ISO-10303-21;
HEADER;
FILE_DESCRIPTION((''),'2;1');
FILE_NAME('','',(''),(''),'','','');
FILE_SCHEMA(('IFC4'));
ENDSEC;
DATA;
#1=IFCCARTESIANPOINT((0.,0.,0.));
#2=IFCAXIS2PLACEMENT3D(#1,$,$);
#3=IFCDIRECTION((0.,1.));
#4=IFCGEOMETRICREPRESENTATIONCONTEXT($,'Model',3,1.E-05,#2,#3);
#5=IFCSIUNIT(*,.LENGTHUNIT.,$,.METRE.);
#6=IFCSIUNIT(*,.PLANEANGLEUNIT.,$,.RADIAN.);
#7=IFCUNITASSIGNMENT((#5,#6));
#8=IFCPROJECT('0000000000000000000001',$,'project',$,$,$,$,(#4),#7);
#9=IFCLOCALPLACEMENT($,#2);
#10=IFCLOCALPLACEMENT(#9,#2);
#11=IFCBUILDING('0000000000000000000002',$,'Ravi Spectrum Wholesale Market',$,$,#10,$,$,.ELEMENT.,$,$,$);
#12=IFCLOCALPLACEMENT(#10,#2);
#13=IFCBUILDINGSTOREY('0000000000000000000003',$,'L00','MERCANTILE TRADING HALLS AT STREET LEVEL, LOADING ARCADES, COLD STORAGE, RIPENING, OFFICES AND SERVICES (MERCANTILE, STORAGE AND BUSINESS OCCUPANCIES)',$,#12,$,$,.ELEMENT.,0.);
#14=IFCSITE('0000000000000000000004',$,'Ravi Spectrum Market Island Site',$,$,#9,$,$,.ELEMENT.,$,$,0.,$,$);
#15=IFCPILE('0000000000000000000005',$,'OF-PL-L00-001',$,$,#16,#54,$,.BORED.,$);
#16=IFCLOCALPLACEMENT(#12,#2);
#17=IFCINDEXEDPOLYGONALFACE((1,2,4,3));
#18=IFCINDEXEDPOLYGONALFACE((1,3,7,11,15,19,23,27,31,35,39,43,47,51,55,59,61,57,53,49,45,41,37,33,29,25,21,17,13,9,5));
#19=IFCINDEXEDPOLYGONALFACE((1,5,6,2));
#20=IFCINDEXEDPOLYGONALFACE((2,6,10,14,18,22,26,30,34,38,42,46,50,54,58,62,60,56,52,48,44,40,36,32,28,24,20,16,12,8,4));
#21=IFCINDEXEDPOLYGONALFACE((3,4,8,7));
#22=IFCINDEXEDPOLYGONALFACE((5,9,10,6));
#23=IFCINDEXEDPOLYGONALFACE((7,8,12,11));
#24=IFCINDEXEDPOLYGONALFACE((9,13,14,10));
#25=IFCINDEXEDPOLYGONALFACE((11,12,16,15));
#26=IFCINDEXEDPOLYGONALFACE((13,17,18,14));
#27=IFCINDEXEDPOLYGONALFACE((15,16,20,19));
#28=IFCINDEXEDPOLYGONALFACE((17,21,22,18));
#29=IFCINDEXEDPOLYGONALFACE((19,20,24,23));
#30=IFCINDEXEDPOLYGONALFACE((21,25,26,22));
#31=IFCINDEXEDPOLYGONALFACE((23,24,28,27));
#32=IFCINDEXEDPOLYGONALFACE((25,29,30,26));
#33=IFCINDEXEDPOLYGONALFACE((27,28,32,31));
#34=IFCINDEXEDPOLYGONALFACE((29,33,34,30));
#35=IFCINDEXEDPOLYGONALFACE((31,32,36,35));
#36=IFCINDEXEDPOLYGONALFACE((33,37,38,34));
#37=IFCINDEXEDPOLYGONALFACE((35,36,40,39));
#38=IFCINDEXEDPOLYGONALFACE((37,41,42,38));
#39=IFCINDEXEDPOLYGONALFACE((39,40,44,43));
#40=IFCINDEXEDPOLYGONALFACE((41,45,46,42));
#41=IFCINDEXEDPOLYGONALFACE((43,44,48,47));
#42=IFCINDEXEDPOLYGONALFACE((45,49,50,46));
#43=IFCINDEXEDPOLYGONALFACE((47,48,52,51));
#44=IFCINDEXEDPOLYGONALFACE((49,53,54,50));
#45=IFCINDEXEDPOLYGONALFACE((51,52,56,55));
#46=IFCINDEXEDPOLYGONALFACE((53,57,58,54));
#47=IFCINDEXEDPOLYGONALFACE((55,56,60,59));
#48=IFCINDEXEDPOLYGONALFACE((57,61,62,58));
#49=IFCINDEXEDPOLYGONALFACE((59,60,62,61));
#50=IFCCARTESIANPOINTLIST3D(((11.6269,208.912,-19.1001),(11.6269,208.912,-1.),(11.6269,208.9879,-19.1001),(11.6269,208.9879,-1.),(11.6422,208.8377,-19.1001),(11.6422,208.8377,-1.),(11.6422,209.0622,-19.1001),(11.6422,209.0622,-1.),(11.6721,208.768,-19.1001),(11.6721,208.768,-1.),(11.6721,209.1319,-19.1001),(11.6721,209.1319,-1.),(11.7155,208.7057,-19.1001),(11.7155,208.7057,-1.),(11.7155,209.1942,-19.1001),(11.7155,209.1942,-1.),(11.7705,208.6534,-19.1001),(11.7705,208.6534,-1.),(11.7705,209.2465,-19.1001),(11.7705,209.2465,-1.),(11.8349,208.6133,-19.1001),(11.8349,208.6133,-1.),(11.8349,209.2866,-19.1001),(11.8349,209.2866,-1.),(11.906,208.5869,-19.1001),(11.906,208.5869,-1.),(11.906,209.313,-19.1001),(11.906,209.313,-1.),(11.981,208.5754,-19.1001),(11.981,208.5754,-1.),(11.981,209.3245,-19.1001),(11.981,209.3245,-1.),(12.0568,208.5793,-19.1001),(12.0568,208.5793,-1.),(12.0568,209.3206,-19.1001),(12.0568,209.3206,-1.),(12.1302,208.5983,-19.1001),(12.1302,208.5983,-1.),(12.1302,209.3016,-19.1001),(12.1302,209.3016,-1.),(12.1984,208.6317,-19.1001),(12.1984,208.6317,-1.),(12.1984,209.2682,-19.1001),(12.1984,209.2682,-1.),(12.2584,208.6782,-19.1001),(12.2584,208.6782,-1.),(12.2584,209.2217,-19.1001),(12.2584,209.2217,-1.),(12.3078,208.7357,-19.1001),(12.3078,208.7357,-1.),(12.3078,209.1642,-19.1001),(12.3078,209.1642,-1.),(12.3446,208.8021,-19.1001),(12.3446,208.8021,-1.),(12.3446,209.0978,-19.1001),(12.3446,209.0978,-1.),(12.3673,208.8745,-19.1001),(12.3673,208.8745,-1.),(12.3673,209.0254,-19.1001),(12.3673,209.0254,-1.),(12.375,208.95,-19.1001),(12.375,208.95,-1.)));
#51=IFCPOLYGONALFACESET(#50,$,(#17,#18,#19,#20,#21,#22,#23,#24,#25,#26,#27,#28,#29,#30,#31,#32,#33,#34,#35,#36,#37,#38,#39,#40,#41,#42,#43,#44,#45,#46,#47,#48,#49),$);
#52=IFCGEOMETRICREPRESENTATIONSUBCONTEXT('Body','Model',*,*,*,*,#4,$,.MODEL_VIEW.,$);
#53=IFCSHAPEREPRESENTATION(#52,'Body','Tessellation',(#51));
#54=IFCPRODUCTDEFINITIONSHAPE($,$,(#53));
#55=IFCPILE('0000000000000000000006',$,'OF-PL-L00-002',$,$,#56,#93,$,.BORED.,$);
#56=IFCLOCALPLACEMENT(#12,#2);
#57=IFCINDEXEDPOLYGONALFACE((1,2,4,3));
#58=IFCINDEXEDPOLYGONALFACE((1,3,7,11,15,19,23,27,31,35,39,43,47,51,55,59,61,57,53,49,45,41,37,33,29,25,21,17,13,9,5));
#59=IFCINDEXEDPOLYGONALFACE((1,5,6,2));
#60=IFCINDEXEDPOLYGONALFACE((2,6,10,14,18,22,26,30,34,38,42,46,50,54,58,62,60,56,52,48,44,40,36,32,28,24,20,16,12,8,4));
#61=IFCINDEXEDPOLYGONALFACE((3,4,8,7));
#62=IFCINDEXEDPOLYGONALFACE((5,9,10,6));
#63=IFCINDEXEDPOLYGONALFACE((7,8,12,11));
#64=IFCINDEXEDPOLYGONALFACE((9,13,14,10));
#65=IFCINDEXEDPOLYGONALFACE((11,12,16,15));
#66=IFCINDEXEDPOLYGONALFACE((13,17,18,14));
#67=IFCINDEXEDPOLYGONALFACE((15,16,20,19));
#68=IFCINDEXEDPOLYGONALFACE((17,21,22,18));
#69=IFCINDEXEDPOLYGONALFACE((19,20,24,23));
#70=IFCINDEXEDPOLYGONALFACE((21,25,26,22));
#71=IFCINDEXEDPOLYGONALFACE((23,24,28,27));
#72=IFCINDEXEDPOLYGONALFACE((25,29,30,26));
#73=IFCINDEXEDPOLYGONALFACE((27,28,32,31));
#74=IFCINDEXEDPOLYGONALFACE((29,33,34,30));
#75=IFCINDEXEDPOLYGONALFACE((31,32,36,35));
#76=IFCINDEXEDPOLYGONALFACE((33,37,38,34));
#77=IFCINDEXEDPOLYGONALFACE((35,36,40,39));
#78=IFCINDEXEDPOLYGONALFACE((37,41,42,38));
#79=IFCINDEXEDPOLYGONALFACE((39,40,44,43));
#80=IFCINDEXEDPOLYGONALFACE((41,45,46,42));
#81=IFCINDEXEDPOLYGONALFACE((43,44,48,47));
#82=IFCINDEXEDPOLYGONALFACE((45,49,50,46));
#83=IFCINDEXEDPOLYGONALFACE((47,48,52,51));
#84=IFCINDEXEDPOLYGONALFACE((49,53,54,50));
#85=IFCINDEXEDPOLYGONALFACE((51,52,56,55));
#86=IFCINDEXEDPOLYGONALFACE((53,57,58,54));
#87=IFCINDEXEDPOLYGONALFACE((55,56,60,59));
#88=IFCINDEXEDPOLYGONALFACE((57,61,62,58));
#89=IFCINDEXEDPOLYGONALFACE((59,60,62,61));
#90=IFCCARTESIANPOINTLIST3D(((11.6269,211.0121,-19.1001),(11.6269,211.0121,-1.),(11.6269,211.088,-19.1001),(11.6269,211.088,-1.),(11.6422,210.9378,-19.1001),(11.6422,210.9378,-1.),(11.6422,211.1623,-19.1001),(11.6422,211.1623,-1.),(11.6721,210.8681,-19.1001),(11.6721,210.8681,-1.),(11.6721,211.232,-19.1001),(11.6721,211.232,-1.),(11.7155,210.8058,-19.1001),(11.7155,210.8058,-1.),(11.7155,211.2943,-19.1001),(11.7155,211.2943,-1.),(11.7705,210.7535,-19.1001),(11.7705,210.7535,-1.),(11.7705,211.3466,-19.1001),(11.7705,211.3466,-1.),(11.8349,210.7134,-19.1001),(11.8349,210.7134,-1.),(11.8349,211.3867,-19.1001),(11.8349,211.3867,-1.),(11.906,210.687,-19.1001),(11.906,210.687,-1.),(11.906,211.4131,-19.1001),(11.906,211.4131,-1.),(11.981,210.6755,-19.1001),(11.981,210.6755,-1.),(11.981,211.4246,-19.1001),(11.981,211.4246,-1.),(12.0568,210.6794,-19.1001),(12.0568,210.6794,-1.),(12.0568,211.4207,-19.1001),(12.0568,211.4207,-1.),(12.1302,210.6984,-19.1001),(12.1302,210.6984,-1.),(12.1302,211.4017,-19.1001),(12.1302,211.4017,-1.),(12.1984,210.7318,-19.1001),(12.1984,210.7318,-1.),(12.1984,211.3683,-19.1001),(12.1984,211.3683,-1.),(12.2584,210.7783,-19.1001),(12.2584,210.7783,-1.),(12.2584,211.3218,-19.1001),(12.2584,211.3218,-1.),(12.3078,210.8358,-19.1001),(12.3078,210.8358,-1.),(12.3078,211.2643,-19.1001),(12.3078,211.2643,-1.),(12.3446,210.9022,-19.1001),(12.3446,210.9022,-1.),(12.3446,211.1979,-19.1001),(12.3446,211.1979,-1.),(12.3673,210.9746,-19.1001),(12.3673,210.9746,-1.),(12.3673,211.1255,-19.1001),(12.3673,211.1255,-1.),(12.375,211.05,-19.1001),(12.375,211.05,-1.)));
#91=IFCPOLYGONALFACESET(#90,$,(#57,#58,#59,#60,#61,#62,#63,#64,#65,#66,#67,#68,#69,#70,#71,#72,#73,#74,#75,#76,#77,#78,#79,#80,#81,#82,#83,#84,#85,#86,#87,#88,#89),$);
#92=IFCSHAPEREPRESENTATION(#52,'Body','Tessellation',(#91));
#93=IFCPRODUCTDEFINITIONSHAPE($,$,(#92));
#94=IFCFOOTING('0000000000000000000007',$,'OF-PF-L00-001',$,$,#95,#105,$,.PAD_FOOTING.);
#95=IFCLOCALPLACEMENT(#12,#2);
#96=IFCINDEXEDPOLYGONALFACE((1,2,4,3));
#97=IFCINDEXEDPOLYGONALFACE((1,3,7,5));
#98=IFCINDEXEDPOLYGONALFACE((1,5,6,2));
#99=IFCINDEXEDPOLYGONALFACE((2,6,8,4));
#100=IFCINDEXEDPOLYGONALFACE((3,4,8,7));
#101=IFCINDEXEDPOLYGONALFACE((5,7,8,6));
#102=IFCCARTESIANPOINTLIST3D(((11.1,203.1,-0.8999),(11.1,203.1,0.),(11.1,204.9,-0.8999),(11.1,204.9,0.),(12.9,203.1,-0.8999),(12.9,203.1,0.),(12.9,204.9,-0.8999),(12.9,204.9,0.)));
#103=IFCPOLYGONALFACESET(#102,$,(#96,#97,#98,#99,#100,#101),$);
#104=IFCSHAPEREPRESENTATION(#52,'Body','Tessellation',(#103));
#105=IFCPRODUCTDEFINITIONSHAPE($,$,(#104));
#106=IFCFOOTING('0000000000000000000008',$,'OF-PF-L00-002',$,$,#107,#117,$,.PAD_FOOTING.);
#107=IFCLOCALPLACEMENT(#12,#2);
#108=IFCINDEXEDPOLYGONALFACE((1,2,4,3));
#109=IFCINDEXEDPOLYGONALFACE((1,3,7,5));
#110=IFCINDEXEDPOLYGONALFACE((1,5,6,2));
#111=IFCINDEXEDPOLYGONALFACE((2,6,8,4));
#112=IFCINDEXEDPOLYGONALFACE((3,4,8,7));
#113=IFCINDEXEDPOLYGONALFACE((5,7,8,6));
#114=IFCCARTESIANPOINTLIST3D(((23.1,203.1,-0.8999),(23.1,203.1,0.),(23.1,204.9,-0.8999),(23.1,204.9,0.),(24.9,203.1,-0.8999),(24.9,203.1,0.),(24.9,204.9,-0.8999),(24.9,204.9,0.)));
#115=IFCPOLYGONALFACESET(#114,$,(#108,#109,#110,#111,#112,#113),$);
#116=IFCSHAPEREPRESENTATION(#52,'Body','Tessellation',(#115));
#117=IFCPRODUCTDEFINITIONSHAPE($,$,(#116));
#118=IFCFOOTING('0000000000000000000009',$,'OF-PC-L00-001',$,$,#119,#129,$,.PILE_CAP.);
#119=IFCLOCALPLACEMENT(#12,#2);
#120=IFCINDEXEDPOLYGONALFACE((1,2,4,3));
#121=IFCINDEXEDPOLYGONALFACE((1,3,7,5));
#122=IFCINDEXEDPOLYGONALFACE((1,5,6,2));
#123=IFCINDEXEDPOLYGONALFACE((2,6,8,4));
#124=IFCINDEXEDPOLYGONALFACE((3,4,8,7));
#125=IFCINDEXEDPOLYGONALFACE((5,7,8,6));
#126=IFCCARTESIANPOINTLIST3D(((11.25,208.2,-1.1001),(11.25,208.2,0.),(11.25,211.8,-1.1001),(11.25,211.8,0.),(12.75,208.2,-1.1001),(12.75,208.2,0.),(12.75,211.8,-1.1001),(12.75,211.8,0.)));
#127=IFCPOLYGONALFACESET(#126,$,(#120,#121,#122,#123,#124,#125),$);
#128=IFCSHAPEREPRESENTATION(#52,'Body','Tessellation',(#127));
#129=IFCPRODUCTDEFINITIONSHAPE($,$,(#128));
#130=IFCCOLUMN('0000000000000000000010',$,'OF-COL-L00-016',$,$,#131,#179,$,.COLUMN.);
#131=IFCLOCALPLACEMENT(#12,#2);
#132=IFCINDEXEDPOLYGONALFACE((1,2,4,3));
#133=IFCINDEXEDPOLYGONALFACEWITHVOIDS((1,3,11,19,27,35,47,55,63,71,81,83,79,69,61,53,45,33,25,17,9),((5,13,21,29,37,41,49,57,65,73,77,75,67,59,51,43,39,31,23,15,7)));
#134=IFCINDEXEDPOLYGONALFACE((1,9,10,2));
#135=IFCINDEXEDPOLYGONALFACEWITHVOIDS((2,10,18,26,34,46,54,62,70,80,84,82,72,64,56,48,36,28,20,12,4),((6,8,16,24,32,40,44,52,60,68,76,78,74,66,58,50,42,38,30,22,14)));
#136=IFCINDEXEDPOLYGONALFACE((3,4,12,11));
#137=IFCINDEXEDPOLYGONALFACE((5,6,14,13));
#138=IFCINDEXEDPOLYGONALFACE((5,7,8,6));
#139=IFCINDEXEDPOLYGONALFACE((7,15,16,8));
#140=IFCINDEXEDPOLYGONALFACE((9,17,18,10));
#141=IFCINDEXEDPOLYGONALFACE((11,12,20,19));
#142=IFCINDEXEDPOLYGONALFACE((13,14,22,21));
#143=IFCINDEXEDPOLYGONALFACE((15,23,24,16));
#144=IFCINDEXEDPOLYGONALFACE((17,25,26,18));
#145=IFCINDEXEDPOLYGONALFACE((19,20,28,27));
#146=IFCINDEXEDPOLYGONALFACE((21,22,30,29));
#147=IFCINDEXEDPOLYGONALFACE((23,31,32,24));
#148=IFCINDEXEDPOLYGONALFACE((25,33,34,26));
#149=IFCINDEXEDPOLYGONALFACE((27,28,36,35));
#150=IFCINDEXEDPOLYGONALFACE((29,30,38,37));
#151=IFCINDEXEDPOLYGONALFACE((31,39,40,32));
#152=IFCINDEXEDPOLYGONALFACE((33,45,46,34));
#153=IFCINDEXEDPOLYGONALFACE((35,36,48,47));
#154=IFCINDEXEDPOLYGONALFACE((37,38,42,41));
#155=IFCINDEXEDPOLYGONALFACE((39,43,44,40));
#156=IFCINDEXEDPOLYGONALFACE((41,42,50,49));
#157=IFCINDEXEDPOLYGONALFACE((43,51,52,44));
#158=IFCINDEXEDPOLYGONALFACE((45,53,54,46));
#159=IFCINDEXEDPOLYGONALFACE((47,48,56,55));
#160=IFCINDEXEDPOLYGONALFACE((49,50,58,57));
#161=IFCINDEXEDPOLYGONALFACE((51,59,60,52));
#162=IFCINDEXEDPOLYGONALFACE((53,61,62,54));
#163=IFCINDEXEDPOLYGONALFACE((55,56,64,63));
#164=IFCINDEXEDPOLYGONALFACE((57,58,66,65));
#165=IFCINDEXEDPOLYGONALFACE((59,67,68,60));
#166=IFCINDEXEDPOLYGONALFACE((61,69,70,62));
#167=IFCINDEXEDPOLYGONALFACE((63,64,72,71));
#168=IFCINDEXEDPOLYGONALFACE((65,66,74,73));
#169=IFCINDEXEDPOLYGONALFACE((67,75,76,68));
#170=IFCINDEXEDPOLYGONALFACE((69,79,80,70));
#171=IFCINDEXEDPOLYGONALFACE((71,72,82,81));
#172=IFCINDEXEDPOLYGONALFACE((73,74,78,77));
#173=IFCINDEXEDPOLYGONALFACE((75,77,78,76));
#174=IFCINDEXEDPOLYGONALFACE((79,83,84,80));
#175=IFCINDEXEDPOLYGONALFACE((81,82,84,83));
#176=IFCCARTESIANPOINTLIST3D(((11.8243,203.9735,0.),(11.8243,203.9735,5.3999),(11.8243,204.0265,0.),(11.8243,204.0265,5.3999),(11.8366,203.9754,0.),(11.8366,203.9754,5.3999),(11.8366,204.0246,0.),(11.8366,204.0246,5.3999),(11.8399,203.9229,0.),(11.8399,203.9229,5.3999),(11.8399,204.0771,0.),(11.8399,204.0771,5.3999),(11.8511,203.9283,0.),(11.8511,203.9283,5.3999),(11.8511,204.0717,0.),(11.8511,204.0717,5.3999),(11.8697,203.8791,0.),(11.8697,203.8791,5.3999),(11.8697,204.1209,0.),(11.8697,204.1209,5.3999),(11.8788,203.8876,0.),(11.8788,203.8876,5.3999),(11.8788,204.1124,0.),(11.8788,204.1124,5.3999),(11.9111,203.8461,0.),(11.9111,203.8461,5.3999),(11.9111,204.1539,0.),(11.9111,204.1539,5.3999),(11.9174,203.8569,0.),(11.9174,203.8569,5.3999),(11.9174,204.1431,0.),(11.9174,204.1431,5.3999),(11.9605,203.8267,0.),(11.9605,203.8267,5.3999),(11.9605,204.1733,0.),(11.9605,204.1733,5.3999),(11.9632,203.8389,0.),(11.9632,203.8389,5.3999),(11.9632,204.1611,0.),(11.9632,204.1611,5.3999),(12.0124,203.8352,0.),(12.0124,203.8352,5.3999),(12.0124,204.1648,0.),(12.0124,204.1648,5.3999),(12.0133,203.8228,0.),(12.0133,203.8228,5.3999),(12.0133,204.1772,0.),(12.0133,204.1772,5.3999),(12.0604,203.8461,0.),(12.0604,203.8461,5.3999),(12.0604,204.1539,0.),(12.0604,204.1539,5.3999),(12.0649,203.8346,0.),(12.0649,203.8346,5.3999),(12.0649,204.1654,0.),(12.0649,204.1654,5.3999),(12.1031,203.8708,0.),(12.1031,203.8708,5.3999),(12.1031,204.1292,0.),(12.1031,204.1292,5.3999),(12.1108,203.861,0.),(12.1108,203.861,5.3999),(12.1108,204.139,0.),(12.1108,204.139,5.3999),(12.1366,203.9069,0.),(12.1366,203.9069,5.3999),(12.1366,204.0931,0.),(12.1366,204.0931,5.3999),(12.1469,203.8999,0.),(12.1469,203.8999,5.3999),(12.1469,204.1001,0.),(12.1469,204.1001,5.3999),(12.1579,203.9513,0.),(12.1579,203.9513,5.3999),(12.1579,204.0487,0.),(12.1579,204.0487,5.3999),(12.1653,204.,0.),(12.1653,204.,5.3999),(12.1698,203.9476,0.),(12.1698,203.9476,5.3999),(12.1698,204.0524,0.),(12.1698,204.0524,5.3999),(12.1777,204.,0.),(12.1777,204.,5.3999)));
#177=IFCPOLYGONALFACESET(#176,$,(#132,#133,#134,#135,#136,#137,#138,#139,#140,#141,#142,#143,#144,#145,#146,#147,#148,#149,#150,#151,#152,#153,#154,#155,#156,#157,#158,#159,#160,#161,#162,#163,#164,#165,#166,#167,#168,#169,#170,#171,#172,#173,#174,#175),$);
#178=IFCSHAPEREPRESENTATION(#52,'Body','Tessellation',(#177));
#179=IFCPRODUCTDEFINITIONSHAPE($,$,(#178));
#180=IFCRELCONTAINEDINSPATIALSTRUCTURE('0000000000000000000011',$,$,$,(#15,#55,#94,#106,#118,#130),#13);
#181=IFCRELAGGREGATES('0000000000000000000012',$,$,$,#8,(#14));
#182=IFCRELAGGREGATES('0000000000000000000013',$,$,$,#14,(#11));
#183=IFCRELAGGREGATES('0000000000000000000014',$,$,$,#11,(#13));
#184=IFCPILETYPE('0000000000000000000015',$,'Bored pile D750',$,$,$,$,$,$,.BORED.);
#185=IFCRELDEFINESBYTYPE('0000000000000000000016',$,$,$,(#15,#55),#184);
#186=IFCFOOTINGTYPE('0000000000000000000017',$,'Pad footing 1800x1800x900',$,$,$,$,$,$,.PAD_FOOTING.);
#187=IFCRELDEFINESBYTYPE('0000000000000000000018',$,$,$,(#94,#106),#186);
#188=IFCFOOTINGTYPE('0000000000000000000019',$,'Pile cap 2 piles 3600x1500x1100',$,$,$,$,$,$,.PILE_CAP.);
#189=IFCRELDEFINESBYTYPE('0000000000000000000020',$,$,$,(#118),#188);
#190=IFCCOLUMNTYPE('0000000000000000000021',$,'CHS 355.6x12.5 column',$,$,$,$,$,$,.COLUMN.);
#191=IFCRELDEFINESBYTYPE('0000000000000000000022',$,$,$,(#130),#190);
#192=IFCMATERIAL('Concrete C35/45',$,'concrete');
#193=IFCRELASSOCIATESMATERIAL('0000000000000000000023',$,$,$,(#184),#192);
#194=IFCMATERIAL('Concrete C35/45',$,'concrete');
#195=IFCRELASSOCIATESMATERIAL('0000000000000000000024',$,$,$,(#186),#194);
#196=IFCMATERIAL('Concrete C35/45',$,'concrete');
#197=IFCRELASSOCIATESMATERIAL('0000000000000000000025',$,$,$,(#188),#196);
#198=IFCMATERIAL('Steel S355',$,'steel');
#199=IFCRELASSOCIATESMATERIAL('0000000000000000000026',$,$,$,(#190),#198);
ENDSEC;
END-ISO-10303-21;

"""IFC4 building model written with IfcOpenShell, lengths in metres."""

from ifc_helpers import new_model, si_unit, direction, frame, origin, origin_2d, place, context, subcontext, project, spatial, rectangle, circle, hollow_circle, extrude, material, material_profile, profile_set, type_object, element, save


model = new_model("IFC4")

# Units and contexts
model_context = context("Model", 3, precision=1e-05, world=origin(), true_north=direction((0.0, 1.0)))
body_context = subcontext(model_context, "Body", "Model", "MODEL_VIEW")
ifc_project = project(units=[si_unit("LENGTHUNIT", "METRE"), si_unit("PLANEANGLEUNIT", "RADIAN")], contexts=[model_context])

# Site, building, storey
site_placement = place(None, origin())
site = spatial("IfcSite", under=ifc_project, at=site_placement, Name="Ravi Spectrum Market Island Site", CompositionType="ELEMENT", RefElevation=0.0)
building_placement = place(site_placement, origin())
building = spatial("IfcBuilding", under=site, at=building_placement, Name="Ravi Spectrum Wholesale Market", CompositionType="ELEMENT")
storey_placement = place(building_placement, origin())
storey = spatial("IfcBuildingStorey", under=building, at=storey_placement, Name="L00", Description="MERCANTILE TRADING HALLS AT STREET LEVEL, LOADING ARCADES, COLD STORAGE, RIPENING, OFFICES AND SERVICES (MERCANTILE, STORAGE AND BUSINESS OCCUPANCIES)", CompositionType="ELEMENT", Elevation=0.0)

# Piles
ifc_material_1 = material(Name="Concrete C35/45", Category="concrete")
ifc_material_profile_1 = material_profile(ifc_material_1, circle(Radius=0.375, at=origin_2d()))
ifc_profile_set_1 = profile_set([ifc_material_profile_1], Name="Concrete C35/45")
pile_type = type_object("IfcPileType", Name="Bored pile D750", PredefinedType="BORED", material=ifc_profile_set_1)
for number, where, z_axis, x_axis, name in (
    (1, (12.0, 208.95, -1.0), (0.0, 0.0, -1.0), (1.0, 0.0, 0.0), "OF-PL-L00-001"),
    (2, (12.0, 211.05, -1.0), (0.0, 0.0, -1.0), (1.0, 0.0, 0.0), "OF-PL-L00-002"),
):
    element("IfcPile", number, at=place(storey_placement, frame(where, z_axis=z_axis, x_axis=x_axis)), inside=storey, type_object=pile_type, Name=name, PredefinedType="BORED", context=body_context, shape_type="SweptSolid", body=[
        extrude(circle(Radius=0.375, at=origin_2d()), origin(), (0.0, 0.0, 1.0), 18.1001),
    ])

# Footings
ifc_material_2 = material(Name="Concrete C35/45", Category="concrete")
footing_type_1 = type_object("IfcFootingType", Name="Pad footing 1800x1800x900", PredefinedType="PAD_FOOTING", material=ifc_material_2)
for number, where, z_axis, x_axis, name in (
    (3, (12.0, 204.0, -0.8999), (0.0, 0.0, 1.0), (1.0, 0.0, 0.0), "OF-PF-L00-001"),
    (4, (24.0, 204.0, -0.8999), (0.0, 0.0, 1.0), (1.0, 0.0, 0.0), "OF-PF-L00-002"),
):
    element("IfcFooting", number, at=place(storey_placement, frame(where, z_axis=z_axis, x_axis=x_axis)), inside=storey, type_object=footing_type_1, Name=name, PredefinedType="PAD_FOOTING", context=body_context, shape_type="SweptSolid", body=[
        extrude(rectangle(XDim=1.8, YDim=1.8, at=origin_2d()), origin(), (0.0, 0.0, 1.0), 0.8999),
    ])
ifc_material_3 = material(Name="Concrete C35/45", Category="concrete")
footing_type_2 = type_object("IfcFootingType", Name="Pile cap 2 piles 3600x1500x1100", PredefinedType="PILE_CAP", material=ifc_material_3)
footing_placement = place(storey_placement, frame((12.0, 210.0, -1.1001), z_axis=(0.0, 0.0, 1.0), x_axis=(0.0, 1.0, 0.0)))
element("IfcFooting", 5, at=footing_placement, inside=storey, type_object=footing_type_2, Name="OF-PC-L00-001", PredefinedType="PILE_CAP", context=body_context, shape_type="SweptSolid", body=[
    extrude(rectangle(XDim=3.6001, YDim=1.5, at=origin_2d()), origin(), (0.0, 0.0, 1.0), 1.1001),
])

# Column
ifc_material_4 = material(Name="Steel S355", Category="steel")
ifc_material_profile_2 = material_profile(ifc_material_4, hollow_circle(Radius=0.1777, WallThickness=0.0125, at=origin_2d()))
ifc_profile_set_2 = profile_set([ifc_material_profile_2], Name="Steel S355")
column_type_1 = type_object("IfcColumnType", Name="CHS 355.6x12.5 column", PredefinedType="COLUMN", material=ifc_profile_set_2)
column_1_placement = place(storey_placement, frame((12.0, 204.0, 0.0), z_axis=(0.0, 0.0, 1.0), x_axis=(1.0, 0.0, 0.0)))
element("IfcColumn", 6, at=column_1_placement, inside=storey, type_object=column_type_1, Name="OF-COL-L00-016", PredefinedType="COLUMN", context=body_context, shape_type="SweptSolid", body=[
    extrude(hollow_circle(Radius=0.1777, WallThickness=0.0125, at=origin_2d()), origin(), (0.0, 0.0, 1.0), 5.3999),
])

save(model, "model.ifc")
